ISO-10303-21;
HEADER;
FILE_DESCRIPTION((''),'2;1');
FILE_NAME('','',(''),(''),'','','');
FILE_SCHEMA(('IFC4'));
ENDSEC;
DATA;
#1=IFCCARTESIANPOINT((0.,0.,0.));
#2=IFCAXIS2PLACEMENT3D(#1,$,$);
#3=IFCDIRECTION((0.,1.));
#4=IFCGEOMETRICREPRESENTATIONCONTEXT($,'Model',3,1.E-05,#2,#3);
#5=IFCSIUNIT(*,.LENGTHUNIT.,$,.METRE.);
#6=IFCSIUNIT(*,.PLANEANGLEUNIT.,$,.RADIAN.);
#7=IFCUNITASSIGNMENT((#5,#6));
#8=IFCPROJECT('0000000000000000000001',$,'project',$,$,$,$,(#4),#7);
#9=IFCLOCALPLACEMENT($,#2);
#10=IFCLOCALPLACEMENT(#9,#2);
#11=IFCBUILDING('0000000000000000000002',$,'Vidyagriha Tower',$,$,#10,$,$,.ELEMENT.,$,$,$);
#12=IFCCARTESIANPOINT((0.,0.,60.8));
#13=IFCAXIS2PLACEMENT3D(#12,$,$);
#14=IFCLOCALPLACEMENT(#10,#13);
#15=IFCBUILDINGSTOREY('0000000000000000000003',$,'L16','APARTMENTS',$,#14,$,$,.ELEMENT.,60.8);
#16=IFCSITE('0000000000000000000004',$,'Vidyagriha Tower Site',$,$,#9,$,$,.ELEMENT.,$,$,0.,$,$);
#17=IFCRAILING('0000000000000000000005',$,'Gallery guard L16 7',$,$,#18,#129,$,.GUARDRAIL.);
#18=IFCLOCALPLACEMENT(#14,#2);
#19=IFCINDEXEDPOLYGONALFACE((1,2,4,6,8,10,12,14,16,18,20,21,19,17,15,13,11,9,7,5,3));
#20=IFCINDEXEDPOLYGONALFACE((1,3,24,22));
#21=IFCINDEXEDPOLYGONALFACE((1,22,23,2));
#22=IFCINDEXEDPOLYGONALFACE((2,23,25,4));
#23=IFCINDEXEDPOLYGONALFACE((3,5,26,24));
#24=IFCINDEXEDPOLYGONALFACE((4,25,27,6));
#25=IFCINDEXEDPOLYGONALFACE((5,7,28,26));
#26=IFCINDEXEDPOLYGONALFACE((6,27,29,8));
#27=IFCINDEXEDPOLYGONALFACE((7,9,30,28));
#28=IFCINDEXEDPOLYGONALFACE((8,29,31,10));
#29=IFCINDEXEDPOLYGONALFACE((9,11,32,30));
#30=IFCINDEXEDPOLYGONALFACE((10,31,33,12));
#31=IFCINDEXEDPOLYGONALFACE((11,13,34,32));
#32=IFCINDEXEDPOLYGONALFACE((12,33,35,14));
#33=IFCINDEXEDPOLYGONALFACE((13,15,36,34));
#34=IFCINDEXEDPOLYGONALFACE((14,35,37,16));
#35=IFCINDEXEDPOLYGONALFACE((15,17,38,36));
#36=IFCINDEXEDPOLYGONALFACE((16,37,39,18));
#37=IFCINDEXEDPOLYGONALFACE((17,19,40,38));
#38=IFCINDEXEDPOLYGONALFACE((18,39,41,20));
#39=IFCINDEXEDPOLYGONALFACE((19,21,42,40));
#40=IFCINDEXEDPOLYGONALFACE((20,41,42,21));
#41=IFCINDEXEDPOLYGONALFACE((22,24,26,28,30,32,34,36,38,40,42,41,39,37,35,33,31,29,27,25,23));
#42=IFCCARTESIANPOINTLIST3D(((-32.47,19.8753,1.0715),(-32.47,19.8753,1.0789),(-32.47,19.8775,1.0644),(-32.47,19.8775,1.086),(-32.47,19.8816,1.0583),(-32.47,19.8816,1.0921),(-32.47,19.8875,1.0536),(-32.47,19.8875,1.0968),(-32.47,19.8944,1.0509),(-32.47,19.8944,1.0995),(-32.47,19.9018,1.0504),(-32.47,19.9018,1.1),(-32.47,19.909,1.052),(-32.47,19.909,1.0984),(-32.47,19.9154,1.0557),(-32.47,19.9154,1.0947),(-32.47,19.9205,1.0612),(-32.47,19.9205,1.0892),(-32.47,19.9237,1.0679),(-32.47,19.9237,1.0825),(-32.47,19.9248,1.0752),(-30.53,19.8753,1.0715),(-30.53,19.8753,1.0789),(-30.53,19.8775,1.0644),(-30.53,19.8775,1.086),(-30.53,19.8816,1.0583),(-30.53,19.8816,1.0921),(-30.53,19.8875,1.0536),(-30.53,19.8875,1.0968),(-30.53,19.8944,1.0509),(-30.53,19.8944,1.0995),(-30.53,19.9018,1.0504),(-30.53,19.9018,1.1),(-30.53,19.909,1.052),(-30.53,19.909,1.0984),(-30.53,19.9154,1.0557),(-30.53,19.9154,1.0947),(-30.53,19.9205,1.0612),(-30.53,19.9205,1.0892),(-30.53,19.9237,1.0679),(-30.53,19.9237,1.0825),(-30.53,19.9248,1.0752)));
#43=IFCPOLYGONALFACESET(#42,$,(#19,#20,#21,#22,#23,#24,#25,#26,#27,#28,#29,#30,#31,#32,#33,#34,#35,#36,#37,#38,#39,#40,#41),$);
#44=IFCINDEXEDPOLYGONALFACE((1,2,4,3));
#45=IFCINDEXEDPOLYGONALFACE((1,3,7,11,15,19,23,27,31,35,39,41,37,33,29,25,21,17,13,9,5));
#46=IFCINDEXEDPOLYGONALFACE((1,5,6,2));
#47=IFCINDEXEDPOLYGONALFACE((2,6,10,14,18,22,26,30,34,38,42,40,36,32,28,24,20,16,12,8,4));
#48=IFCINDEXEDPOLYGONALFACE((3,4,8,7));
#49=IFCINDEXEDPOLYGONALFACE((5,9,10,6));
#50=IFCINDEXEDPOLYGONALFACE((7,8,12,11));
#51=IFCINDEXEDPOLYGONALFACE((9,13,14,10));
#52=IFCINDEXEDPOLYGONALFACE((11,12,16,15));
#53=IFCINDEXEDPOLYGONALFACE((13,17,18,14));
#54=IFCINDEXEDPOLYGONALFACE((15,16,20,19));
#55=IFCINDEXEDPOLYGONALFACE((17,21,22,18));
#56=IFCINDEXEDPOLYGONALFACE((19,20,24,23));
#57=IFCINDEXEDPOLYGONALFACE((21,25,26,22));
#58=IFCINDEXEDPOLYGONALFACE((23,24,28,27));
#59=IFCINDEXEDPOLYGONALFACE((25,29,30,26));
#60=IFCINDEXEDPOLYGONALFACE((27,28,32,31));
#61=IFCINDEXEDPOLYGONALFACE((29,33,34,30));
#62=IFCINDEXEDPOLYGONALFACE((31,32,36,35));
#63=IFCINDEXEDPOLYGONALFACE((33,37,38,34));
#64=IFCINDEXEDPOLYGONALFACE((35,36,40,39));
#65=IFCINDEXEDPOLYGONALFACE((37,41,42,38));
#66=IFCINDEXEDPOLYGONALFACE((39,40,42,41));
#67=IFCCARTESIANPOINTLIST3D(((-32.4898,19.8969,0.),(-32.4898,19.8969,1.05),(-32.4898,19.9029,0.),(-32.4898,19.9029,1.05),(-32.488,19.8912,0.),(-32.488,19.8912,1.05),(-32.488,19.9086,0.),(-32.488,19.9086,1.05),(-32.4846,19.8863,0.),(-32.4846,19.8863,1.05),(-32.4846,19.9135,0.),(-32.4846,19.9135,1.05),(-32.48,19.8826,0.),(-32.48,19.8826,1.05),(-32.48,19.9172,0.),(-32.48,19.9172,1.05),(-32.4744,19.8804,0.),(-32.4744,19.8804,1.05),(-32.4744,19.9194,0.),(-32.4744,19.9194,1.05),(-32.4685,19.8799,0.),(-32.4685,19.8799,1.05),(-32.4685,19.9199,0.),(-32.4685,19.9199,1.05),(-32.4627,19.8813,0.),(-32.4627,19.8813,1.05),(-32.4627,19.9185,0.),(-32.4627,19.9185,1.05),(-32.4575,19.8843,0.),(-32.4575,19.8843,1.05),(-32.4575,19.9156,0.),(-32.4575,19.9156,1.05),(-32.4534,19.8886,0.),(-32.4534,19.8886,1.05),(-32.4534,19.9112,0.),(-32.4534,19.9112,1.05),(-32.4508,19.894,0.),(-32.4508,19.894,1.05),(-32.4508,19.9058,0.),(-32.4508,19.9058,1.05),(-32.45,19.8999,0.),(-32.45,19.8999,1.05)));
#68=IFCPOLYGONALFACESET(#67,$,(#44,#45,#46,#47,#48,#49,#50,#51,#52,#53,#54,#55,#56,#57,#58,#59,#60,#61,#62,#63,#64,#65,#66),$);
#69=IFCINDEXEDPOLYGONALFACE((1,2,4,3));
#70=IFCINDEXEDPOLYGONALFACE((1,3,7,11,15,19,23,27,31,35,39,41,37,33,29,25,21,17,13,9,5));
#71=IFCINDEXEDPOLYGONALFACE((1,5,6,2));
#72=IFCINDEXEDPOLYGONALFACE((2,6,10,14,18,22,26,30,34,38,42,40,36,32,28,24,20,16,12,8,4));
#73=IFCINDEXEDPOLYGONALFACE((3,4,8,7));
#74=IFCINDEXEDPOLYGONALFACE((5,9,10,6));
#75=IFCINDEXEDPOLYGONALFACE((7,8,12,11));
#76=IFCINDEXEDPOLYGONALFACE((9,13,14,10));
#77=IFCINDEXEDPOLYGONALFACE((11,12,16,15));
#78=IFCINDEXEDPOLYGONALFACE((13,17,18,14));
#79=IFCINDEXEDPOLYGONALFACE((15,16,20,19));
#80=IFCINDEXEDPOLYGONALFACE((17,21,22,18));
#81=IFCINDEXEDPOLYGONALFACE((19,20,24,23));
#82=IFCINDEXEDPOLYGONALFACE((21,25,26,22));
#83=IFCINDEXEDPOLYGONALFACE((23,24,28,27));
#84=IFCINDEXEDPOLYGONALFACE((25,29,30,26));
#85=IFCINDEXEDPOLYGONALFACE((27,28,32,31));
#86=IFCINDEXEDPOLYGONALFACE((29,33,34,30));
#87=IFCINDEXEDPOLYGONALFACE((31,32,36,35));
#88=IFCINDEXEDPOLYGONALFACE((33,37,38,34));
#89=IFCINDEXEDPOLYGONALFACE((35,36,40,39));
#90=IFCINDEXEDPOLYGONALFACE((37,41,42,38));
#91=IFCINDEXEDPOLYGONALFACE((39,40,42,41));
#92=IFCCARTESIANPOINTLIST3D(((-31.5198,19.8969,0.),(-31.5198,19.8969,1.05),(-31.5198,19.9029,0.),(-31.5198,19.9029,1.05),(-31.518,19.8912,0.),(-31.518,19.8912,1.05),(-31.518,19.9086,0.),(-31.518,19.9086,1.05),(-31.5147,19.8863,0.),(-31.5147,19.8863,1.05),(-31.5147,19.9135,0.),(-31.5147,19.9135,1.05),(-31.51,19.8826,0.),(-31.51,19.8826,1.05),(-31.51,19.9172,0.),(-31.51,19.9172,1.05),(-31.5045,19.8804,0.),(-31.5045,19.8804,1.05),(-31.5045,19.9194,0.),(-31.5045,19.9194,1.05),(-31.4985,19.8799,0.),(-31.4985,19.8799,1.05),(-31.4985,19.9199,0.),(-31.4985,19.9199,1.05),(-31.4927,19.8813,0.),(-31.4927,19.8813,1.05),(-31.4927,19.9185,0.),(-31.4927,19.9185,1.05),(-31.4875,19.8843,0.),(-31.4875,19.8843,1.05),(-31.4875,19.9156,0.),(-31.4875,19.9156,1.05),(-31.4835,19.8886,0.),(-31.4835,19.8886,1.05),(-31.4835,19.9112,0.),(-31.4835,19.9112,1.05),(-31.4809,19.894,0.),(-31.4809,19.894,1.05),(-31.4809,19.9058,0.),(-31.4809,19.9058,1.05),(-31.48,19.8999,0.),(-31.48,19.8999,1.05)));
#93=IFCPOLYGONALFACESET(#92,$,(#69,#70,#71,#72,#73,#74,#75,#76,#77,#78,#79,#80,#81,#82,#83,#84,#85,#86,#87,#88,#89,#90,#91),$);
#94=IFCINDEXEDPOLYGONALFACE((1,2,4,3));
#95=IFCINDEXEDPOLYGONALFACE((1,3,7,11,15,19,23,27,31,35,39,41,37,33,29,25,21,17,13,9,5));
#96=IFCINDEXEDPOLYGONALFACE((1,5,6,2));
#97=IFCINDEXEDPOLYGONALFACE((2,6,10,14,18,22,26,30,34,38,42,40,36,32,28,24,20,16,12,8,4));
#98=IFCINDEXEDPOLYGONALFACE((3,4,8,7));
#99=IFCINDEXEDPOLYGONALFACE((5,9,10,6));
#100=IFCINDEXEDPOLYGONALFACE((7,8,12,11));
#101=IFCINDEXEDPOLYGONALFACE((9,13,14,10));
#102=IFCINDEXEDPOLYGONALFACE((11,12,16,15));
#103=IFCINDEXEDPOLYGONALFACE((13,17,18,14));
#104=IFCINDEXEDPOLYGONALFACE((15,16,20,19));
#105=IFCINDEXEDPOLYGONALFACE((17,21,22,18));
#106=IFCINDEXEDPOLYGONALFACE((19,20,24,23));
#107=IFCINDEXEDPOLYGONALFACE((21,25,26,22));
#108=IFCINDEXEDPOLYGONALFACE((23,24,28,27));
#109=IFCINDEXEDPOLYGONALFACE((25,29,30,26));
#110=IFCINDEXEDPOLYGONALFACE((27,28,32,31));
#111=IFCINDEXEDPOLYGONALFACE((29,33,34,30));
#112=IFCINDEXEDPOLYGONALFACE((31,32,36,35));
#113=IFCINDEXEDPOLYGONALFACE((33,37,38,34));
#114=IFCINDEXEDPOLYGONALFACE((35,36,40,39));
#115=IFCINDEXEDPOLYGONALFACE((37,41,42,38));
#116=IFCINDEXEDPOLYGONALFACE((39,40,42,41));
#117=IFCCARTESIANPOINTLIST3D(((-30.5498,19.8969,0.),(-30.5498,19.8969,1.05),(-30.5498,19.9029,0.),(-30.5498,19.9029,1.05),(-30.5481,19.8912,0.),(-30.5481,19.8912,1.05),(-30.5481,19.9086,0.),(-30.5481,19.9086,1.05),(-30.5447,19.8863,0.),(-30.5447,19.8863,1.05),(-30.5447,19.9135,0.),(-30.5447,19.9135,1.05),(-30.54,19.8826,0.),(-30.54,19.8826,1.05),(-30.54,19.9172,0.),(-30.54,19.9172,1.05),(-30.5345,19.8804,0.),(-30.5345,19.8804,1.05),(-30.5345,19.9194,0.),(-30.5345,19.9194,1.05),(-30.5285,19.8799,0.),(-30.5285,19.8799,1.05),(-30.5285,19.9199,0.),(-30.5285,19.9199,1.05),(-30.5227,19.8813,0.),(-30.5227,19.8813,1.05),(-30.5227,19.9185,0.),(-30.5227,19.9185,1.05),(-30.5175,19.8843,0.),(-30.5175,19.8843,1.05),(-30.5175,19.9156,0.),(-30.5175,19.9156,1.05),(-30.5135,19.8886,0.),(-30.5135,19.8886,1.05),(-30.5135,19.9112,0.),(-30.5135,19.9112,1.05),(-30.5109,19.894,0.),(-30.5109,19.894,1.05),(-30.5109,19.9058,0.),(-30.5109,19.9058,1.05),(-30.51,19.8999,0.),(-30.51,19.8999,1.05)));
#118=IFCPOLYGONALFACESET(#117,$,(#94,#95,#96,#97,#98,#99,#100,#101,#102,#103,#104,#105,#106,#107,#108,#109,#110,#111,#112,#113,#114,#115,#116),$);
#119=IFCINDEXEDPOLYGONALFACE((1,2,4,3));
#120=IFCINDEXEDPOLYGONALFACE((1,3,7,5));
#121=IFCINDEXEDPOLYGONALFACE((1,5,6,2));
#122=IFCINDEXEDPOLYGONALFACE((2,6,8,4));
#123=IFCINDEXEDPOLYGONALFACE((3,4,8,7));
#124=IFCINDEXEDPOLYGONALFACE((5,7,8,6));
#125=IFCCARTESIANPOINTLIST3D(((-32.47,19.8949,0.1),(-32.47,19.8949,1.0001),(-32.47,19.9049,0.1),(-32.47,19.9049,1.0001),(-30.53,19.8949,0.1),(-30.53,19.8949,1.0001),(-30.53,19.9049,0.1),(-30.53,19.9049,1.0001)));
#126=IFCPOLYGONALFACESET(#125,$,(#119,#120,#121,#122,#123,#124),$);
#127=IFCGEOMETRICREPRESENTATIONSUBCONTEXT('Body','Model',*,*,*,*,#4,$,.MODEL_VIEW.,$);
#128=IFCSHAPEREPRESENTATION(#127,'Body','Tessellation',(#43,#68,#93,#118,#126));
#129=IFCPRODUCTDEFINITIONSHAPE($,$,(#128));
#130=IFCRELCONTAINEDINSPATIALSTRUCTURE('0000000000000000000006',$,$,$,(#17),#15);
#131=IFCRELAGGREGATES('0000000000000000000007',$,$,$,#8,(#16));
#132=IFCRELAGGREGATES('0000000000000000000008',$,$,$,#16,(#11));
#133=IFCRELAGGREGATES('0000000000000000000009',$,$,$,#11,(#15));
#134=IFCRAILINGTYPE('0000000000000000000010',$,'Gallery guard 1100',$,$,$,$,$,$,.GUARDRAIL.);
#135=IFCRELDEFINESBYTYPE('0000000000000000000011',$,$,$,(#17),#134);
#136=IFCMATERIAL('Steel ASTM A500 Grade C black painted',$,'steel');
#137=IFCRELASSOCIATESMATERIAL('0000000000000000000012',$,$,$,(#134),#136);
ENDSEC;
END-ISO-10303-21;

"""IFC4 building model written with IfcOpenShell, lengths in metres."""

from ifc_helpers import new_model, si_unit, direction, frame, origin, origin_2d, place, context, subcontext, project, spatial, rectangle, circle, extrude, material, type_object, element, save


model = new_model("IFC4")

# Units and contexts
model_context = context("Model", 3, precision=1e-05, world=origin(), true_north=direction((0.0, 1.0)))
body_context = subcontext(model_context, "Body", "Model", "MODEL_VIEW")
ifc_project = project(units=[si_unit("LENGTHUNIT", "METRE"), si_unit("PLANEANGLEUNIT", "RADIAN")], contexts=[model_context])

# Site, building, storey
site_placement = place(None, origin())
site = spatial("IfcSite", under=ifc_project, at=site_placement, Name="Vidyagriha Tower Site", CompositionType="ELEMENT", RefElevation=0.0)
building_placement = place(site_placement, origin())
building = spatial("IfcBuilding", under=site, at=building_placement, Name="Vidyagriha Tower", CompositionType="ELEMENT")
storey_placement = place(building_placement, frame((0.0, 0.0, 60.8)))
storey = spatial("IfcBuildingStorey", under=building, at=storey_placement, Name="L16", Description="APARTMENTS", CompositionType="ELEMENT", Elevation=60.8)

# Railing
ifc_material_1 = material(Name="Steel ASTM A500 Grade C black painted", Category="steel")
railing_type = type_object("IfcRailingType", Name="Gallery guard 1100", PredefinedType="GUARDRAIL", material=ifc_material_1)
railing_1_placement = place(storey_placement, frame((-32.47, 19.8999, 0.0)))
element("IfcRailing", 1, at=railing_1_placement, inside=storey, type_object=railing_type, Name="Gallery guard L16 7", PredefinedType="GUARDRAIL", context=body_context, shape_type="SweptSolid", body=[
    extrude(circle(Radius=0.0249, at=origin_2d()), frame((0.0, 0.0, 1.0752), z_axis=(1.0, 0.0, 0.0), x_axis=(0.0, 1.0, 0.0)), (0.0, 0.0, 1.0), 1.9399),
    extrude(circle(Radius=0.02, at=origin_2d()), origin(), (0.0, 0.0, 1.0), 1.05),
    extrude(circle(Radius=0.02, at=origin_2d()), frame((0.97, 0.0, 0.0)), (0.0, 0.0, 1.0), 1.05),
    extrude(circle(Radius=0.02, at=origin_2d()), frame((1.9399, 0.0, 0.0)), (0.0, 0.0, 1.0), 1.05),
    extrude(rectangle(XDim=0.01, YDim=0.9001, at=origin_2d()), frame((0.0, 0.0, 0.55), z_axis=(1.0, 0.0, 0.0), x_axis=(0.0, 1.0, 0.0)), (0.0, 0.0, 1.0), 1.9399),
])

save(model, "model.ifc")
